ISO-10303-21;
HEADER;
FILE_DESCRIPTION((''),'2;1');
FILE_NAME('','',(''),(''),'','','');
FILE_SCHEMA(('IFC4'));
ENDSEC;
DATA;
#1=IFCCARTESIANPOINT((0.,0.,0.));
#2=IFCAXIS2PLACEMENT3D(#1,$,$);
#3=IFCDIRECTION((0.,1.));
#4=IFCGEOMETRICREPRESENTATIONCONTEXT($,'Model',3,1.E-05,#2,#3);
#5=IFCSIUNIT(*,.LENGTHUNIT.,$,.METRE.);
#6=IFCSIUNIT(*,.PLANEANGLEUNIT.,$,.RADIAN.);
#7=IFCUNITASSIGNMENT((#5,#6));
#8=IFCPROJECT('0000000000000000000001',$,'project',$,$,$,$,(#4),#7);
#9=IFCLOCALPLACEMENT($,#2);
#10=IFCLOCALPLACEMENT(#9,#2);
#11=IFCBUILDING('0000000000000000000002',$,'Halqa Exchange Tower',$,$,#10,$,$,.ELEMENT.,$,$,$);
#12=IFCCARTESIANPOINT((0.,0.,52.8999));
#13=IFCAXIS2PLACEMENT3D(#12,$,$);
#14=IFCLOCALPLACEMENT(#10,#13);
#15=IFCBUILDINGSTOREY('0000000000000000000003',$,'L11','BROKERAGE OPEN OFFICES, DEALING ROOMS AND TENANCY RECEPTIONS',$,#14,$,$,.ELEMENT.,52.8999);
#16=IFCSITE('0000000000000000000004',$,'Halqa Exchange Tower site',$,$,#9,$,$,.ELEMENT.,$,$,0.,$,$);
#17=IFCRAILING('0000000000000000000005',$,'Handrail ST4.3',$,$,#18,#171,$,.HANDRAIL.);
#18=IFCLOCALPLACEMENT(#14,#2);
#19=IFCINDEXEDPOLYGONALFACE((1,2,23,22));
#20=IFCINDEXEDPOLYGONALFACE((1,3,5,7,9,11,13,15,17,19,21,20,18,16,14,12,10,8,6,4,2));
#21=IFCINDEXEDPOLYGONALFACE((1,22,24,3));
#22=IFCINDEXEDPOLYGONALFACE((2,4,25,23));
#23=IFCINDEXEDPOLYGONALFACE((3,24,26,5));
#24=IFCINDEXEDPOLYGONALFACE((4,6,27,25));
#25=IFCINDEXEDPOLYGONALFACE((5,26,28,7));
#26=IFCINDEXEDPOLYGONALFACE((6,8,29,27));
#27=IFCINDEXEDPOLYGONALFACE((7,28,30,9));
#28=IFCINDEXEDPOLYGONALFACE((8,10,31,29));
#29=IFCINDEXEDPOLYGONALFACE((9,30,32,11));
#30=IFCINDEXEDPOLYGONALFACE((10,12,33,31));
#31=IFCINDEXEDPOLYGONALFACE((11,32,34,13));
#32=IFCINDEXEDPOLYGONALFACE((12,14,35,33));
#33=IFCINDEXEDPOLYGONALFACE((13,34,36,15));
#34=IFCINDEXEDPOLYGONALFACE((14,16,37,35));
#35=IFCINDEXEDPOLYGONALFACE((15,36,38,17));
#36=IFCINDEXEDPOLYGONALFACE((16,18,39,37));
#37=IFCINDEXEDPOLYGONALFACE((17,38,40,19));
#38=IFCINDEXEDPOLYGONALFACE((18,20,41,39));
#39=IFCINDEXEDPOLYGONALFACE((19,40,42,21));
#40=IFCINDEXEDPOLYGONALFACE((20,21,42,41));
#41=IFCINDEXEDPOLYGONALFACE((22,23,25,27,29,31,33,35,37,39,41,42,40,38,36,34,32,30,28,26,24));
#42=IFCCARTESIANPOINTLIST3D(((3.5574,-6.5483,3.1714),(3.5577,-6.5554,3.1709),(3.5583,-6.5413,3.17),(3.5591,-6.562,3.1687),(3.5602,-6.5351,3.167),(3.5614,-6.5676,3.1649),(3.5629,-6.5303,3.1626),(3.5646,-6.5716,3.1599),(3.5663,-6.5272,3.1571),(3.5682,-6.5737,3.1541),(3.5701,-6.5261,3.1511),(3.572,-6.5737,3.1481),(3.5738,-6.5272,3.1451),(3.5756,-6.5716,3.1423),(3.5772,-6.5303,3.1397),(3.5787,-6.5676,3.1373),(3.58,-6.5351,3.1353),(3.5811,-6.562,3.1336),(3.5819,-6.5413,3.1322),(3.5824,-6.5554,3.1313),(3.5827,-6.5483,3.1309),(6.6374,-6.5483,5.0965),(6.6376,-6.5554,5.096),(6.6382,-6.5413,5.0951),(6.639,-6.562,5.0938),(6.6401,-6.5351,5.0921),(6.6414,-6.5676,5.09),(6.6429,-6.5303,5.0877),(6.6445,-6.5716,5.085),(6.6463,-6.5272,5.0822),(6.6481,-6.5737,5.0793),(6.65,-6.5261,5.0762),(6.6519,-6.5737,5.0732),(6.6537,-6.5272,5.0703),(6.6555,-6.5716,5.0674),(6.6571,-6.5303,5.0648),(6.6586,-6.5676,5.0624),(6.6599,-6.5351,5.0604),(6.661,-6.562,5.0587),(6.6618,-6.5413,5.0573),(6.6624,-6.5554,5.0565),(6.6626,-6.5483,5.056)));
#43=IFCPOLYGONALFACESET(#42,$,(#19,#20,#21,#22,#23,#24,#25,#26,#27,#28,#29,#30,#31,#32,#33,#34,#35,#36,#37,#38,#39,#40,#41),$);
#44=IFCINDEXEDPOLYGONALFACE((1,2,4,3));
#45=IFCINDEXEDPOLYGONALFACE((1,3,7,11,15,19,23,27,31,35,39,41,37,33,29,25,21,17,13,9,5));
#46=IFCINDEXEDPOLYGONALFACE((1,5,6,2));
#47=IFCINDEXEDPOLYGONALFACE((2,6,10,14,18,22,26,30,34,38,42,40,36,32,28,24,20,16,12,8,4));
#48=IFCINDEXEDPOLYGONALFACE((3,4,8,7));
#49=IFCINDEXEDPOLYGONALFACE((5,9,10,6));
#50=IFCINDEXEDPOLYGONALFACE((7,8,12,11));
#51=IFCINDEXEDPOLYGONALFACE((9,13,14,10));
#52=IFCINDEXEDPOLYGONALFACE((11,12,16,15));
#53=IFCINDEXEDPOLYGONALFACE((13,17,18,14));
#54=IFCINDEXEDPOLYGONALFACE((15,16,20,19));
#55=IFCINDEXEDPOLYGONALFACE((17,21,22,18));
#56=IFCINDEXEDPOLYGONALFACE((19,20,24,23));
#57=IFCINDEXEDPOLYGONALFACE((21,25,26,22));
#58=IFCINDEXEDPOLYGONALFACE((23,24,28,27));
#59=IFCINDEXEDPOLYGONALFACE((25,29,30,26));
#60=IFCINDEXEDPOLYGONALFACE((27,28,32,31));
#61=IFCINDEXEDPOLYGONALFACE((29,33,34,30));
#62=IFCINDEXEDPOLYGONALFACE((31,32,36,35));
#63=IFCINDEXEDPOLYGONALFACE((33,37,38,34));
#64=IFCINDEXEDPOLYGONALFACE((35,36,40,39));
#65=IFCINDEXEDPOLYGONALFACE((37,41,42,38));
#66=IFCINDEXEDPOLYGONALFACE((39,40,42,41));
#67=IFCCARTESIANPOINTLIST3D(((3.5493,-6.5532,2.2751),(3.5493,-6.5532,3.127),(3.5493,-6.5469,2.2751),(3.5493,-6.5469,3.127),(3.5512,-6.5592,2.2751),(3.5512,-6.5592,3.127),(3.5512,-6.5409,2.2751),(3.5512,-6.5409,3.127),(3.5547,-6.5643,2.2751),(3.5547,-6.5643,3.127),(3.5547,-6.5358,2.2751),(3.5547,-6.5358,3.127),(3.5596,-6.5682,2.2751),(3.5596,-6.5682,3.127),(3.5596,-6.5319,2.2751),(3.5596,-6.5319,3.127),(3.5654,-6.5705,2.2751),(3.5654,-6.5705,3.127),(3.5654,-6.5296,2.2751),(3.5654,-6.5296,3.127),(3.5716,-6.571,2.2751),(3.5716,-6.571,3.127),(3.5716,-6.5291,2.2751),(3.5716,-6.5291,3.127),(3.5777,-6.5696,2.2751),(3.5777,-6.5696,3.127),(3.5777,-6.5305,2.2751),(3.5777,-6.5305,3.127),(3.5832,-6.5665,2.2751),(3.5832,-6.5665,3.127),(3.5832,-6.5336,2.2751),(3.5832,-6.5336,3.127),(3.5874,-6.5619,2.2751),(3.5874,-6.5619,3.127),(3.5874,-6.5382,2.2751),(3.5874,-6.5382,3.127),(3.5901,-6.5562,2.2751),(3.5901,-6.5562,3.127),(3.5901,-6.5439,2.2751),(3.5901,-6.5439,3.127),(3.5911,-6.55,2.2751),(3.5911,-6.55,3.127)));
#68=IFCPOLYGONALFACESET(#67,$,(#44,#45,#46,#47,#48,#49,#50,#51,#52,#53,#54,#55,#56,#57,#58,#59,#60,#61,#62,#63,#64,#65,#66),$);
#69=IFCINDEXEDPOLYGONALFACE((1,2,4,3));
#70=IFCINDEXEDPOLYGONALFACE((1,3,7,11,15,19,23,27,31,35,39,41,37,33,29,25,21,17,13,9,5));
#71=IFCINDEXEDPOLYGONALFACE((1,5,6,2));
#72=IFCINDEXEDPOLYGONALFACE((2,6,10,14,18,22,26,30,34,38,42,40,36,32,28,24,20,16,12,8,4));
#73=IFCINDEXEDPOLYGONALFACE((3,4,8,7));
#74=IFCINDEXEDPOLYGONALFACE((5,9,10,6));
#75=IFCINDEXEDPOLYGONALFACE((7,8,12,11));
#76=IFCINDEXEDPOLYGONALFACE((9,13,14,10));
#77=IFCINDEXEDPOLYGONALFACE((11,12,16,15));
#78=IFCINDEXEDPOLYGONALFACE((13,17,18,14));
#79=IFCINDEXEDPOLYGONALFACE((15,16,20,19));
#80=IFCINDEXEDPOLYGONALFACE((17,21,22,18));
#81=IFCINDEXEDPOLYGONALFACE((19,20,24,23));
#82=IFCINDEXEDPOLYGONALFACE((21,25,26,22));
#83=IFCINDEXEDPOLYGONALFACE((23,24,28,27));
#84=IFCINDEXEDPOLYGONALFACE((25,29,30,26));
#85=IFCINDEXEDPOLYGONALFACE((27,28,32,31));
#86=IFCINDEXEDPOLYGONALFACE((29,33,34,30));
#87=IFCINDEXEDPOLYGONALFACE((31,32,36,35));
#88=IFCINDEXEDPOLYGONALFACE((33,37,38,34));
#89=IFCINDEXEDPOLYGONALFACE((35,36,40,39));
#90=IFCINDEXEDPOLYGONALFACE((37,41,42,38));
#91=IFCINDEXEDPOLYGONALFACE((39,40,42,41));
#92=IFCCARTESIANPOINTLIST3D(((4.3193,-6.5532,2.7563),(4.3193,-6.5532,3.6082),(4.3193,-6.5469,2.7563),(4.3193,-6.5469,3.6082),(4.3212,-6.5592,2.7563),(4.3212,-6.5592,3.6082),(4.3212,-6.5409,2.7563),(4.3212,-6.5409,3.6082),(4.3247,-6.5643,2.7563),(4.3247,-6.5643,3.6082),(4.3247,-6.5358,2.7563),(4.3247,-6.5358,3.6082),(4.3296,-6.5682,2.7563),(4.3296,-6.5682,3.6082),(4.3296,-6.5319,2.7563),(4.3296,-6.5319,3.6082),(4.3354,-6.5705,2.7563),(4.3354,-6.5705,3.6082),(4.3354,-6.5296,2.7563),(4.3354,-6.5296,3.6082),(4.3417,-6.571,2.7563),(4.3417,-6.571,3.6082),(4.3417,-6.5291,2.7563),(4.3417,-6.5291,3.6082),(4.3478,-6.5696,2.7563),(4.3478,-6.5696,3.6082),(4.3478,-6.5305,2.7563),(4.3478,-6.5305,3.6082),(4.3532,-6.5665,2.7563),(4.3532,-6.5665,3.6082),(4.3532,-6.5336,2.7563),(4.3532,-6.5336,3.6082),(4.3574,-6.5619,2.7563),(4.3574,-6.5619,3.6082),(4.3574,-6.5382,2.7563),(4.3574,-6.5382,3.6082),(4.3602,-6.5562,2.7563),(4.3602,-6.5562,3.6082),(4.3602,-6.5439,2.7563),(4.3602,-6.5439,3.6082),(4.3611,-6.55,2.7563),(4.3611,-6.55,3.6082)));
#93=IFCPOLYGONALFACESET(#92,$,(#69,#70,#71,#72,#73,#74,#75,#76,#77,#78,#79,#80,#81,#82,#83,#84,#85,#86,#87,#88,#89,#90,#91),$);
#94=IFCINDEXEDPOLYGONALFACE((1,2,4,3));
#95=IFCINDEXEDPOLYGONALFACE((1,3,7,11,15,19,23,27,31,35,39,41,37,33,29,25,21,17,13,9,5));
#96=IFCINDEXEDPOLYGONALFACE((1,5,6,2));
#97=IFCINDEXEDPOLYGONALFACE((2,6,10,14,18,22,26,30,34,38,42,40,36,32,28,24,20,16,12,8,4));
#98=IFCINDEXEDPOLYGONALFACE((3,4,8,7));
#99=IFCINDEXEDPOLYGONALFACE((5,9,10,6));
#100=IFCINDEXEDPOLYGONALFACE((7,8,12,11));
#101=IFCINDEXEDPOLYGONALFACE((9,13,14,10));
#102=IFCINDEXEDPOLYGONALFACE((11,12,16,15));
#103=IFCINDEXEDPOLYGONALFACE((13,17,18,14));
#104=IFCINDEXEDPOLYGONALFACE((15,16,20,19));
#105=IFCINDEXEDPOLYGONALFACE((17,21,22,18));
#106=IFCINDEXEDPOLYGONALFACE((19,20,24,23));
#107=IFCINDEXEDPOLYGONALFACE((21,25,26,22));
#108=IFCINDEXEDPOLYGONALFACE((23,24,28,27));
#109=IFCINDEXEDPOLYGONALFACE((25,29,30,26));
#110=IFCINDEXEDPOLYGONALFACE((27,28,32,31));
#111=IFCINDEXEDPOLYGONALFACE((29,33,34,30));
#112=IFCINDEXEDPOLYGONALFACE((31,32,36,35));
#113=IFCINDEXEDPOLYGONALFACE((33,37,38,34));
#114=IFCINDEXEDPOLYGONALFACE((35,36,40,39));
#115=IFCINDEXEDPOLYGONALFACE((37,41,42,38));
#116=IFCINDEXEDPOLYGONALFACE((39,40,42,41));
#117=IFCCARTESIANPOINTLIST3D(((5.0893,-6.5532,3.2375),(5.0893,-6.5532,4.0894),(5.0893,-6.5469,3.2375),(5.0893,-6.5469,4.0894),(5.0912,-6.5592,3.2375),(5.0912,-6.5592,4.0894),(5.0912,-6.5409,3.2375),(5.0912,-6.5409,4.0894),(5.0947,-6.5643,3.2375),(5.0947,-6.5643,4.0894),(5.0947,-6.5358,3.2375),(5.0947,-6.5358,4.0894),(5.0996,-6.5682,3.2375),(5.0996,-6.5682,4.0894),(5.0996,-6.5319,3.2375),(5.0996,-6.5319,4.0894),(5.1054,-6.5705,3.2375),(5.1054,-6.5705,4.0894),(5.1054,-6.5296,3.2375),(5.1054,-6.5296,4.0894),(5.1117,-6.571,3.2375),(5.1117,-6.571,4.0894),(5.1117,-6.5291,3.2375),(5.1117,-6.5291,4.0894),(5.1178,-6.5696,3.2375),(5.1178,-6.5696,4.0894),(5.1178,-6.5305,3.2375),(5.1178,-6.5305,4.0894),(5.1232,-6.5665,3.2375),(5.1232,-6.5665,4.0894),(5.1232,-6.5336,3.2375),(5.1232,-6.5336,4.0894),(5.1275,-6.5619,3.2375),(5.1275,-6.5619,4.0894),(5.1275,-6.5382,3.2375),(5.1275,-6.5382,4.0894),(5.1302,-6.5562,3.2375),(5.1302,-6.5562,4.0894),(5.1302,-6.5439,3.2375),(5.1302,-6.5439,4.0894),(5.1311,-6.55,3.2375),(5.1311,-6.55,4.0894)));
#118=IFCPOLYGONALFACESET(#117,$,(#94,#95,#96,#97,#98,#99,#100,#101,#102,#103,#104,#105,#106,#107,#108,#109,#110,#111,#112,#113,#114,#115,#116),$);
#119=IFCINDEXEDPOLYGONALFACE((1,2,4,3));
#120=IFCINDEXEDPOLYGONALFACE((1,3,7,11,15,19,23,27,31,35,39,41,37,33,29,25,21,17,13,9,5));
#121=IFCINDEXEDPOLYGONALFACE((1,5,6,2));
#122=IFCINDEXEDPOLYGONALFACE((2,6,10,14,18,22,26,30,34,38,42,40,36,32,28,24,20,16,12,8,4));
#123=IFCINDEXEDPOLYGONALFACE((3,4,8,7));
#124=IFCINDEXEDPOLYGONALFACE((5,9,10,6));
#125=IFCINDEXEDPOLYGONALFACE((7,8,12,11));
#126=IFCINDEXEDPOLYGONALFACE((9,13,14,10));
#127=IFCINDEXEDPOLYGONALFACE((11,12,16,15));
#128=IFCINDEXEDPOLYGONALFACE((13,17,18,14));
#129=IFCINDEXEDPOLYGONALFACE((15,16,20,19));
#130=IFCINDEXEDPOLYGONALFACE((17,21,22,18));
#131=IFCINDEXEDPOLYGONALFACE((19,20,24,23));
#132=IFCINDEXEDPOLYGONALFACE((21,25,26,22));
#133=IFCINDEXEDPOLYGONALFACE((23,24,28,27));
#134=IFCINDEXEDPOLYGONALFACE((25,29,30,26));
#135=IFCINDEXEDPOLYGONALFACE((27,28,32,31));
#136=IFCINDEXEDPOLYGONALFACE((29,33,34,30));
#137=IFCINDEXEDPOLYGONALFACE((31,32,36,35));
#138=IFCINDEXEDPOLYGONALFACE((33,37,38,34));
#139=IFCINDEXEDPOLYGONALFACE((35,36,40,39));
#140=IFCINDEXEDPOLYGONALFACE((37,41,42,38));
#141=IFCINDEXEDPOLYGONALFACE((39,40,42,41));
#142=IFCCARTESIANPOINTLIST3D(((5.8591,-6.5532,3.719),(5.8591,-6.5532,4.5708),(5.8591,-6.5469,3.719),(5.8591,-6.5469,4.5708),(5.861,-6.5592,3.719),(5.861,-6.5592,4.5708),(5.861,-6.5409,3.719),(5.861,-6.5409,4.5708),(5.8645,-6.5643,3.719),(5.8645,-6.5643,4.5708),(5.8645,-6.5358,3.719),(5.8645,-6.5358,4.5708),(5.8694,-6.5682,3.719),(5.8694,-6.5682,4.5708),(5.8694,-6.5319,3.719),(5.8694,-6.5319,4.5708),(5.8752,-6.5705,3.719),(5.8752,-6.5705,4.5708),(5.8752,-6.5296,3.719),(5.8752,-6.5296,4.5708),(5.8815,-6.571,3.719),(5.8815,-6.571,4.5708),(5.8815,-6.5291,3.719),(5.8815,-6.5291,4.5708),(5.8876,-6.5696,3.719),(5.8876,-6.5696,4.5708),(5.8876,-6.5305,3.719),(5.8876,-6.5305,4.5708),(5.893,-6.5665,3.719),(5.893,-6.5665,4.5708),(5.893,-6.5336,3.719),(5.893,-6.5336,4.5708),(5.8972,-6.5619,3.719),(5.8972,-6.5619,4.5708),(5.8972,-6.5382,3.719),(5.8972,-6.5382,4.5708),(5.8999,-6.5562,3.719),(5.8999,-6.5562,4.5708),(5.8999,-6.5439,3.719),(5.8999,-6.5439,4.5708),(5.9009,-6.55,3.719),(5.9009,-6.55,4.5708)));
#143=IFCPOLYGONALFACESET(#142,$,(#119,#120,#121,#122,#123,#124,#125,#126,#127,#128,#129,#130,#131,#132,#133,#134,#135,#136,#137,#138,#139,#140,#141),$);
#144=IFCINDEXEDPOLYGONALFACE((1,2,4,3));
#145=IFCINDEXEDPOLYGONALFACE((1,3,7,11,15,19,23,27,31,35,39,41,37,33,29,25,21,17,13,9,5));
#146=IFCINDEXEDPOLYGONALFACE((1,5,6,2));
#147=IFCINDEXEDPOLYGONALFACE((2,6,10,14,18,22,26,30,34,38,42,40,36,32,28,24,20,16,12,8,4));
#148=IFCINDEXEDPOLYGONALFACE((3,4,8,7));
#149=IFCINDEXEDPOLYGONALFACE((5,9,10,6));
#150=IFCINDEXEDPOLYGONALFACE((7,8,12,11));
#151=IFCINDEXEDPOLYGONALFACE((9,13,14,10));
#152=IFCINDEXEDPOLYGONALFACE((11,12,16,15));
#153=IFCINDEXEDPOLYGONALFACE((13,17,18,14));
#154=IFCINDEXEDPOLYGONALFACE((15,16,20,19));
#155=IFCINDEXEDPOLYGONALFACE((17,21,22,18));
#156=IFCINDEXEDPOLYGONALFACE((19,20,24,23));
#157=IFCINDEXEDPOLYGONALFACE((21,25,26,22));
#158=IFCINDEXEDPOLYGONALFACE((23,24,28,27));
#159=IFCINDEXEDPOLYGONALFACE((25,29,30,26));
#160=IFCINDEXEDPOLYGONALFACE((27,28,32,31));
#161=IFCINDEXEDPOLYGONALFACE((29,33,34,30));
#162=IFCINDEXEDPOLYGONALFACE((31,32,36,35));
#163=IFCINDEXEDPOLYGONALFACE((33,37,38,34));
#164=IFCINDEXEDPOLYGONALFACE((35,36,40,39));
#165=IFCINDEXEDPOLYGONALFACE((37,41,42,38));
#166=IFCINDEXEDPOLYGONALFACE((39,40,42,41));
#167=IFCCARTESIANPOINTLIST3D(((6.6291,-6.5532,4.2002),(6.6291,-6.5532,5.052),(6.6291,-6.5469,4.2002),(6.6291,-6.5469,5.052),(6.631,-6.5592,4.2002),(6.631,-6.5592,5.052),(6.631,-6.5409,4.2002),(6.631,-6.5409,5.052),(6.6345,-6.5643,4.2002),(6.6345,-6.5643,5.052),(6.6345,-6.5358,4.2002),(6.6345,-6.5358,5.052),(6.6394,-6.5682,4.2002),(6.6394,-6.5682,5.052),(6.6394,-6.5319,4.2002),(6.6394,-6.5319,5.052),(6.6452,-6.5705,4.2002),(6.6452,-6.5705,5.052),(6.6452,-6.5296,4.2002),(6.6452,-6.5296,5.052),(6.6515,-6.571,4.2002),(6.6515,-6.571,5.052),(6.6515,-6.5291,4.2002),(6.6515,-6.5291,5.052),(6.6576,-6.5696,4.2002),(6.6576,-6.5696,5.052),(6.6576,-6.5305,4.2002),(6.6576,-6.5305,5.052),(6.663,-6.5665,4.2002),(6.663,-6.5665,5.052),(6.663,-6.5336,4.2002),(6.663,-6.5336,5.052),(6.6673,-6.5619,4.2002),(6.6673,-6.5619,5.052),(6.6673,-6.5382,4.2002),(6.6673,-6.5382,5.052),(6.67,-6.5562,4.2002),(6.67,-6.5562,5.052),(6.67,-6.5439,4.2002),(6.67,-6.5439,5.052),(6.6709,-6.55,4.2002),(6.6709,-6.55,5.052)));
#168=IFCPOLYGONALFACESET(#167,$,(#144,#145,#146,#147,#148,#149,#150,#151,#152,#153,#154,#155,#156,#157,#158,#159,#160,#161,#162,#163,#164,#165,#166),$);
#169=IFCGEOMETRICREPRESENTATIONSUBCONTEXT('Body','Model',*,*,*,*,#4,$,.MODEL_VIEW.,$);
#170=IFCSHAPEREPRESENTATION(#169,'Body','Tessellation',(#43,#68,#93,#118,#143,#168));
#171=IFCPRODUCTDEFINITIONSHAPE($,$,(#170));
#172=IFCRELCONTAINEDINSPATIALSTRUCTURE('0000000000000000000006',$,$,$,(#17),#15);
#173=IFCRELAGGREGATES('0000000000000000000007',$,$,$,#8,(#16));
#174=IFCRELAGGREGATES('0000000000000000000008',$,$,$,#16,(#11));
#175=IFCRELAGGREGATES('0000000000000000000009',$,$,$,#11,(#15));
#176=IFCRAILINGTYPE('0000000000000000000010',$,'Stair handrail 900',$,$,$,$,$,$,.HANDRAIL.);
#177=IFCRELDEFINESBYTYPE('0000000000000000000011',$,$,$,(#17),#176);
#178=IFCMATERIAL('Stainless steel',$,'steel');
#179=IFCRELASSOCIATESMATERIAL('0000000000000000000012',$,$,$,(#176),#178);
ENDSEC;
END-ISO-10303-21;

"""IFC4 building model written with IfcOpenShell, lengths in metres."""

from ifc_helpers import new_model, si_unit, direction, frame, origin, origin_2d, place, context, subcontext, project, spatial, circle, extrude, material, type_object, element, save


model = new_model("IFC4")

# Units and contexts
model_context = context("Model", 3, precision=1e-05, world=origin(), true_north=direction((0.0, 1.0)))
body_context = subcontext(model_context, "Body", "Model", "MODEL_VIEW")
ifc_project = project(units=[si_unit("LENGTHUNIT", "METRE"), si_unit("PLANEANGLEUNIT", "RADIAN")], contexts=[model_context])

# Site, building, storey
site_placement = place(None, origin())
site = spatial("IfcSite", under=ifc_project, at=site_placement, Name="Halqa Exchange Tower site", CompositionType="ELEMENT", RefElevation=0.0)
building_placement = place(site_placement, origin())
building = spatial("IfcBuilding", under=site, at=building_placement, Name="Halqa Exchange Tower", CompositionType="ELEMENT")
storey_placement = place(building_placement, frame((0.0, 0.0, 52.8999)))
storey = spatial("IfcBuildingStorey", under=building, at=storey_placement, Name="L11", Description="BROKERAGE OPEN OFFICES, DEALING ROOMS AND TENANCY RECEPTIONS", CompositionType="ELEMENT", Elevation=52.8999)

# Railing
ifc_material_1 = material(Name="Stainless steel", Category="steel")
railing_type_1 = type_object("IfcRailingType", Name="Stair handrail 900", PredefinedType="HANDRAIL", material=ifc_material_1)
railing_1_placement = place(storey_placement, frame((3.5701, -6.55, 2.2751)))
element("IfcRailing", 1, at=railing_1_placement, inside=storey, type_object=railing_type_1, Name="Handrail ST4.3", PredefinedType="HANDRAIL", context=body_context, shape_type="SweptSolid", body=[
    extrude(circle(Radius=0.0239, at=origin_2d()), frame((0.0, 0.0, 0.876), z_axis=(0.847979, 0.0, 0.530029), x_axis=(0.0, 1.0, 0.0)), (0.0, 0.0, 1.0), 3.6321),
    extrude(circle(Radius=0.021, at=origin_2d()), origin(), (0.0, 0.0, 1.0), 0.8518),
    extrude(circle(Radius=0.021, at=origin_2d()), frame((0.77, 0.0, 0.4812)), (0.0, 0.0, 1.0), 0.8518),
    extrude(circle(Radius=0.021, at=origin_2d()), frame((1.54, 0.0, 0.9624)), (0.0, 0.0, 1.0), 0.8518),
    extrude(circle(Radius=0.021, at=origin_2d()), frame((2.3098, 0.0, 1.4438)), (0.0, 0.0, 1.0), 0.8518),
    extrude(circle(Radius=0.021, at=origin_2d()), frame((3.0798, 0.0, 1.925)), (0.0, 0.0, 1.0), 0.8518),
])

save(model, "model.ifc")
